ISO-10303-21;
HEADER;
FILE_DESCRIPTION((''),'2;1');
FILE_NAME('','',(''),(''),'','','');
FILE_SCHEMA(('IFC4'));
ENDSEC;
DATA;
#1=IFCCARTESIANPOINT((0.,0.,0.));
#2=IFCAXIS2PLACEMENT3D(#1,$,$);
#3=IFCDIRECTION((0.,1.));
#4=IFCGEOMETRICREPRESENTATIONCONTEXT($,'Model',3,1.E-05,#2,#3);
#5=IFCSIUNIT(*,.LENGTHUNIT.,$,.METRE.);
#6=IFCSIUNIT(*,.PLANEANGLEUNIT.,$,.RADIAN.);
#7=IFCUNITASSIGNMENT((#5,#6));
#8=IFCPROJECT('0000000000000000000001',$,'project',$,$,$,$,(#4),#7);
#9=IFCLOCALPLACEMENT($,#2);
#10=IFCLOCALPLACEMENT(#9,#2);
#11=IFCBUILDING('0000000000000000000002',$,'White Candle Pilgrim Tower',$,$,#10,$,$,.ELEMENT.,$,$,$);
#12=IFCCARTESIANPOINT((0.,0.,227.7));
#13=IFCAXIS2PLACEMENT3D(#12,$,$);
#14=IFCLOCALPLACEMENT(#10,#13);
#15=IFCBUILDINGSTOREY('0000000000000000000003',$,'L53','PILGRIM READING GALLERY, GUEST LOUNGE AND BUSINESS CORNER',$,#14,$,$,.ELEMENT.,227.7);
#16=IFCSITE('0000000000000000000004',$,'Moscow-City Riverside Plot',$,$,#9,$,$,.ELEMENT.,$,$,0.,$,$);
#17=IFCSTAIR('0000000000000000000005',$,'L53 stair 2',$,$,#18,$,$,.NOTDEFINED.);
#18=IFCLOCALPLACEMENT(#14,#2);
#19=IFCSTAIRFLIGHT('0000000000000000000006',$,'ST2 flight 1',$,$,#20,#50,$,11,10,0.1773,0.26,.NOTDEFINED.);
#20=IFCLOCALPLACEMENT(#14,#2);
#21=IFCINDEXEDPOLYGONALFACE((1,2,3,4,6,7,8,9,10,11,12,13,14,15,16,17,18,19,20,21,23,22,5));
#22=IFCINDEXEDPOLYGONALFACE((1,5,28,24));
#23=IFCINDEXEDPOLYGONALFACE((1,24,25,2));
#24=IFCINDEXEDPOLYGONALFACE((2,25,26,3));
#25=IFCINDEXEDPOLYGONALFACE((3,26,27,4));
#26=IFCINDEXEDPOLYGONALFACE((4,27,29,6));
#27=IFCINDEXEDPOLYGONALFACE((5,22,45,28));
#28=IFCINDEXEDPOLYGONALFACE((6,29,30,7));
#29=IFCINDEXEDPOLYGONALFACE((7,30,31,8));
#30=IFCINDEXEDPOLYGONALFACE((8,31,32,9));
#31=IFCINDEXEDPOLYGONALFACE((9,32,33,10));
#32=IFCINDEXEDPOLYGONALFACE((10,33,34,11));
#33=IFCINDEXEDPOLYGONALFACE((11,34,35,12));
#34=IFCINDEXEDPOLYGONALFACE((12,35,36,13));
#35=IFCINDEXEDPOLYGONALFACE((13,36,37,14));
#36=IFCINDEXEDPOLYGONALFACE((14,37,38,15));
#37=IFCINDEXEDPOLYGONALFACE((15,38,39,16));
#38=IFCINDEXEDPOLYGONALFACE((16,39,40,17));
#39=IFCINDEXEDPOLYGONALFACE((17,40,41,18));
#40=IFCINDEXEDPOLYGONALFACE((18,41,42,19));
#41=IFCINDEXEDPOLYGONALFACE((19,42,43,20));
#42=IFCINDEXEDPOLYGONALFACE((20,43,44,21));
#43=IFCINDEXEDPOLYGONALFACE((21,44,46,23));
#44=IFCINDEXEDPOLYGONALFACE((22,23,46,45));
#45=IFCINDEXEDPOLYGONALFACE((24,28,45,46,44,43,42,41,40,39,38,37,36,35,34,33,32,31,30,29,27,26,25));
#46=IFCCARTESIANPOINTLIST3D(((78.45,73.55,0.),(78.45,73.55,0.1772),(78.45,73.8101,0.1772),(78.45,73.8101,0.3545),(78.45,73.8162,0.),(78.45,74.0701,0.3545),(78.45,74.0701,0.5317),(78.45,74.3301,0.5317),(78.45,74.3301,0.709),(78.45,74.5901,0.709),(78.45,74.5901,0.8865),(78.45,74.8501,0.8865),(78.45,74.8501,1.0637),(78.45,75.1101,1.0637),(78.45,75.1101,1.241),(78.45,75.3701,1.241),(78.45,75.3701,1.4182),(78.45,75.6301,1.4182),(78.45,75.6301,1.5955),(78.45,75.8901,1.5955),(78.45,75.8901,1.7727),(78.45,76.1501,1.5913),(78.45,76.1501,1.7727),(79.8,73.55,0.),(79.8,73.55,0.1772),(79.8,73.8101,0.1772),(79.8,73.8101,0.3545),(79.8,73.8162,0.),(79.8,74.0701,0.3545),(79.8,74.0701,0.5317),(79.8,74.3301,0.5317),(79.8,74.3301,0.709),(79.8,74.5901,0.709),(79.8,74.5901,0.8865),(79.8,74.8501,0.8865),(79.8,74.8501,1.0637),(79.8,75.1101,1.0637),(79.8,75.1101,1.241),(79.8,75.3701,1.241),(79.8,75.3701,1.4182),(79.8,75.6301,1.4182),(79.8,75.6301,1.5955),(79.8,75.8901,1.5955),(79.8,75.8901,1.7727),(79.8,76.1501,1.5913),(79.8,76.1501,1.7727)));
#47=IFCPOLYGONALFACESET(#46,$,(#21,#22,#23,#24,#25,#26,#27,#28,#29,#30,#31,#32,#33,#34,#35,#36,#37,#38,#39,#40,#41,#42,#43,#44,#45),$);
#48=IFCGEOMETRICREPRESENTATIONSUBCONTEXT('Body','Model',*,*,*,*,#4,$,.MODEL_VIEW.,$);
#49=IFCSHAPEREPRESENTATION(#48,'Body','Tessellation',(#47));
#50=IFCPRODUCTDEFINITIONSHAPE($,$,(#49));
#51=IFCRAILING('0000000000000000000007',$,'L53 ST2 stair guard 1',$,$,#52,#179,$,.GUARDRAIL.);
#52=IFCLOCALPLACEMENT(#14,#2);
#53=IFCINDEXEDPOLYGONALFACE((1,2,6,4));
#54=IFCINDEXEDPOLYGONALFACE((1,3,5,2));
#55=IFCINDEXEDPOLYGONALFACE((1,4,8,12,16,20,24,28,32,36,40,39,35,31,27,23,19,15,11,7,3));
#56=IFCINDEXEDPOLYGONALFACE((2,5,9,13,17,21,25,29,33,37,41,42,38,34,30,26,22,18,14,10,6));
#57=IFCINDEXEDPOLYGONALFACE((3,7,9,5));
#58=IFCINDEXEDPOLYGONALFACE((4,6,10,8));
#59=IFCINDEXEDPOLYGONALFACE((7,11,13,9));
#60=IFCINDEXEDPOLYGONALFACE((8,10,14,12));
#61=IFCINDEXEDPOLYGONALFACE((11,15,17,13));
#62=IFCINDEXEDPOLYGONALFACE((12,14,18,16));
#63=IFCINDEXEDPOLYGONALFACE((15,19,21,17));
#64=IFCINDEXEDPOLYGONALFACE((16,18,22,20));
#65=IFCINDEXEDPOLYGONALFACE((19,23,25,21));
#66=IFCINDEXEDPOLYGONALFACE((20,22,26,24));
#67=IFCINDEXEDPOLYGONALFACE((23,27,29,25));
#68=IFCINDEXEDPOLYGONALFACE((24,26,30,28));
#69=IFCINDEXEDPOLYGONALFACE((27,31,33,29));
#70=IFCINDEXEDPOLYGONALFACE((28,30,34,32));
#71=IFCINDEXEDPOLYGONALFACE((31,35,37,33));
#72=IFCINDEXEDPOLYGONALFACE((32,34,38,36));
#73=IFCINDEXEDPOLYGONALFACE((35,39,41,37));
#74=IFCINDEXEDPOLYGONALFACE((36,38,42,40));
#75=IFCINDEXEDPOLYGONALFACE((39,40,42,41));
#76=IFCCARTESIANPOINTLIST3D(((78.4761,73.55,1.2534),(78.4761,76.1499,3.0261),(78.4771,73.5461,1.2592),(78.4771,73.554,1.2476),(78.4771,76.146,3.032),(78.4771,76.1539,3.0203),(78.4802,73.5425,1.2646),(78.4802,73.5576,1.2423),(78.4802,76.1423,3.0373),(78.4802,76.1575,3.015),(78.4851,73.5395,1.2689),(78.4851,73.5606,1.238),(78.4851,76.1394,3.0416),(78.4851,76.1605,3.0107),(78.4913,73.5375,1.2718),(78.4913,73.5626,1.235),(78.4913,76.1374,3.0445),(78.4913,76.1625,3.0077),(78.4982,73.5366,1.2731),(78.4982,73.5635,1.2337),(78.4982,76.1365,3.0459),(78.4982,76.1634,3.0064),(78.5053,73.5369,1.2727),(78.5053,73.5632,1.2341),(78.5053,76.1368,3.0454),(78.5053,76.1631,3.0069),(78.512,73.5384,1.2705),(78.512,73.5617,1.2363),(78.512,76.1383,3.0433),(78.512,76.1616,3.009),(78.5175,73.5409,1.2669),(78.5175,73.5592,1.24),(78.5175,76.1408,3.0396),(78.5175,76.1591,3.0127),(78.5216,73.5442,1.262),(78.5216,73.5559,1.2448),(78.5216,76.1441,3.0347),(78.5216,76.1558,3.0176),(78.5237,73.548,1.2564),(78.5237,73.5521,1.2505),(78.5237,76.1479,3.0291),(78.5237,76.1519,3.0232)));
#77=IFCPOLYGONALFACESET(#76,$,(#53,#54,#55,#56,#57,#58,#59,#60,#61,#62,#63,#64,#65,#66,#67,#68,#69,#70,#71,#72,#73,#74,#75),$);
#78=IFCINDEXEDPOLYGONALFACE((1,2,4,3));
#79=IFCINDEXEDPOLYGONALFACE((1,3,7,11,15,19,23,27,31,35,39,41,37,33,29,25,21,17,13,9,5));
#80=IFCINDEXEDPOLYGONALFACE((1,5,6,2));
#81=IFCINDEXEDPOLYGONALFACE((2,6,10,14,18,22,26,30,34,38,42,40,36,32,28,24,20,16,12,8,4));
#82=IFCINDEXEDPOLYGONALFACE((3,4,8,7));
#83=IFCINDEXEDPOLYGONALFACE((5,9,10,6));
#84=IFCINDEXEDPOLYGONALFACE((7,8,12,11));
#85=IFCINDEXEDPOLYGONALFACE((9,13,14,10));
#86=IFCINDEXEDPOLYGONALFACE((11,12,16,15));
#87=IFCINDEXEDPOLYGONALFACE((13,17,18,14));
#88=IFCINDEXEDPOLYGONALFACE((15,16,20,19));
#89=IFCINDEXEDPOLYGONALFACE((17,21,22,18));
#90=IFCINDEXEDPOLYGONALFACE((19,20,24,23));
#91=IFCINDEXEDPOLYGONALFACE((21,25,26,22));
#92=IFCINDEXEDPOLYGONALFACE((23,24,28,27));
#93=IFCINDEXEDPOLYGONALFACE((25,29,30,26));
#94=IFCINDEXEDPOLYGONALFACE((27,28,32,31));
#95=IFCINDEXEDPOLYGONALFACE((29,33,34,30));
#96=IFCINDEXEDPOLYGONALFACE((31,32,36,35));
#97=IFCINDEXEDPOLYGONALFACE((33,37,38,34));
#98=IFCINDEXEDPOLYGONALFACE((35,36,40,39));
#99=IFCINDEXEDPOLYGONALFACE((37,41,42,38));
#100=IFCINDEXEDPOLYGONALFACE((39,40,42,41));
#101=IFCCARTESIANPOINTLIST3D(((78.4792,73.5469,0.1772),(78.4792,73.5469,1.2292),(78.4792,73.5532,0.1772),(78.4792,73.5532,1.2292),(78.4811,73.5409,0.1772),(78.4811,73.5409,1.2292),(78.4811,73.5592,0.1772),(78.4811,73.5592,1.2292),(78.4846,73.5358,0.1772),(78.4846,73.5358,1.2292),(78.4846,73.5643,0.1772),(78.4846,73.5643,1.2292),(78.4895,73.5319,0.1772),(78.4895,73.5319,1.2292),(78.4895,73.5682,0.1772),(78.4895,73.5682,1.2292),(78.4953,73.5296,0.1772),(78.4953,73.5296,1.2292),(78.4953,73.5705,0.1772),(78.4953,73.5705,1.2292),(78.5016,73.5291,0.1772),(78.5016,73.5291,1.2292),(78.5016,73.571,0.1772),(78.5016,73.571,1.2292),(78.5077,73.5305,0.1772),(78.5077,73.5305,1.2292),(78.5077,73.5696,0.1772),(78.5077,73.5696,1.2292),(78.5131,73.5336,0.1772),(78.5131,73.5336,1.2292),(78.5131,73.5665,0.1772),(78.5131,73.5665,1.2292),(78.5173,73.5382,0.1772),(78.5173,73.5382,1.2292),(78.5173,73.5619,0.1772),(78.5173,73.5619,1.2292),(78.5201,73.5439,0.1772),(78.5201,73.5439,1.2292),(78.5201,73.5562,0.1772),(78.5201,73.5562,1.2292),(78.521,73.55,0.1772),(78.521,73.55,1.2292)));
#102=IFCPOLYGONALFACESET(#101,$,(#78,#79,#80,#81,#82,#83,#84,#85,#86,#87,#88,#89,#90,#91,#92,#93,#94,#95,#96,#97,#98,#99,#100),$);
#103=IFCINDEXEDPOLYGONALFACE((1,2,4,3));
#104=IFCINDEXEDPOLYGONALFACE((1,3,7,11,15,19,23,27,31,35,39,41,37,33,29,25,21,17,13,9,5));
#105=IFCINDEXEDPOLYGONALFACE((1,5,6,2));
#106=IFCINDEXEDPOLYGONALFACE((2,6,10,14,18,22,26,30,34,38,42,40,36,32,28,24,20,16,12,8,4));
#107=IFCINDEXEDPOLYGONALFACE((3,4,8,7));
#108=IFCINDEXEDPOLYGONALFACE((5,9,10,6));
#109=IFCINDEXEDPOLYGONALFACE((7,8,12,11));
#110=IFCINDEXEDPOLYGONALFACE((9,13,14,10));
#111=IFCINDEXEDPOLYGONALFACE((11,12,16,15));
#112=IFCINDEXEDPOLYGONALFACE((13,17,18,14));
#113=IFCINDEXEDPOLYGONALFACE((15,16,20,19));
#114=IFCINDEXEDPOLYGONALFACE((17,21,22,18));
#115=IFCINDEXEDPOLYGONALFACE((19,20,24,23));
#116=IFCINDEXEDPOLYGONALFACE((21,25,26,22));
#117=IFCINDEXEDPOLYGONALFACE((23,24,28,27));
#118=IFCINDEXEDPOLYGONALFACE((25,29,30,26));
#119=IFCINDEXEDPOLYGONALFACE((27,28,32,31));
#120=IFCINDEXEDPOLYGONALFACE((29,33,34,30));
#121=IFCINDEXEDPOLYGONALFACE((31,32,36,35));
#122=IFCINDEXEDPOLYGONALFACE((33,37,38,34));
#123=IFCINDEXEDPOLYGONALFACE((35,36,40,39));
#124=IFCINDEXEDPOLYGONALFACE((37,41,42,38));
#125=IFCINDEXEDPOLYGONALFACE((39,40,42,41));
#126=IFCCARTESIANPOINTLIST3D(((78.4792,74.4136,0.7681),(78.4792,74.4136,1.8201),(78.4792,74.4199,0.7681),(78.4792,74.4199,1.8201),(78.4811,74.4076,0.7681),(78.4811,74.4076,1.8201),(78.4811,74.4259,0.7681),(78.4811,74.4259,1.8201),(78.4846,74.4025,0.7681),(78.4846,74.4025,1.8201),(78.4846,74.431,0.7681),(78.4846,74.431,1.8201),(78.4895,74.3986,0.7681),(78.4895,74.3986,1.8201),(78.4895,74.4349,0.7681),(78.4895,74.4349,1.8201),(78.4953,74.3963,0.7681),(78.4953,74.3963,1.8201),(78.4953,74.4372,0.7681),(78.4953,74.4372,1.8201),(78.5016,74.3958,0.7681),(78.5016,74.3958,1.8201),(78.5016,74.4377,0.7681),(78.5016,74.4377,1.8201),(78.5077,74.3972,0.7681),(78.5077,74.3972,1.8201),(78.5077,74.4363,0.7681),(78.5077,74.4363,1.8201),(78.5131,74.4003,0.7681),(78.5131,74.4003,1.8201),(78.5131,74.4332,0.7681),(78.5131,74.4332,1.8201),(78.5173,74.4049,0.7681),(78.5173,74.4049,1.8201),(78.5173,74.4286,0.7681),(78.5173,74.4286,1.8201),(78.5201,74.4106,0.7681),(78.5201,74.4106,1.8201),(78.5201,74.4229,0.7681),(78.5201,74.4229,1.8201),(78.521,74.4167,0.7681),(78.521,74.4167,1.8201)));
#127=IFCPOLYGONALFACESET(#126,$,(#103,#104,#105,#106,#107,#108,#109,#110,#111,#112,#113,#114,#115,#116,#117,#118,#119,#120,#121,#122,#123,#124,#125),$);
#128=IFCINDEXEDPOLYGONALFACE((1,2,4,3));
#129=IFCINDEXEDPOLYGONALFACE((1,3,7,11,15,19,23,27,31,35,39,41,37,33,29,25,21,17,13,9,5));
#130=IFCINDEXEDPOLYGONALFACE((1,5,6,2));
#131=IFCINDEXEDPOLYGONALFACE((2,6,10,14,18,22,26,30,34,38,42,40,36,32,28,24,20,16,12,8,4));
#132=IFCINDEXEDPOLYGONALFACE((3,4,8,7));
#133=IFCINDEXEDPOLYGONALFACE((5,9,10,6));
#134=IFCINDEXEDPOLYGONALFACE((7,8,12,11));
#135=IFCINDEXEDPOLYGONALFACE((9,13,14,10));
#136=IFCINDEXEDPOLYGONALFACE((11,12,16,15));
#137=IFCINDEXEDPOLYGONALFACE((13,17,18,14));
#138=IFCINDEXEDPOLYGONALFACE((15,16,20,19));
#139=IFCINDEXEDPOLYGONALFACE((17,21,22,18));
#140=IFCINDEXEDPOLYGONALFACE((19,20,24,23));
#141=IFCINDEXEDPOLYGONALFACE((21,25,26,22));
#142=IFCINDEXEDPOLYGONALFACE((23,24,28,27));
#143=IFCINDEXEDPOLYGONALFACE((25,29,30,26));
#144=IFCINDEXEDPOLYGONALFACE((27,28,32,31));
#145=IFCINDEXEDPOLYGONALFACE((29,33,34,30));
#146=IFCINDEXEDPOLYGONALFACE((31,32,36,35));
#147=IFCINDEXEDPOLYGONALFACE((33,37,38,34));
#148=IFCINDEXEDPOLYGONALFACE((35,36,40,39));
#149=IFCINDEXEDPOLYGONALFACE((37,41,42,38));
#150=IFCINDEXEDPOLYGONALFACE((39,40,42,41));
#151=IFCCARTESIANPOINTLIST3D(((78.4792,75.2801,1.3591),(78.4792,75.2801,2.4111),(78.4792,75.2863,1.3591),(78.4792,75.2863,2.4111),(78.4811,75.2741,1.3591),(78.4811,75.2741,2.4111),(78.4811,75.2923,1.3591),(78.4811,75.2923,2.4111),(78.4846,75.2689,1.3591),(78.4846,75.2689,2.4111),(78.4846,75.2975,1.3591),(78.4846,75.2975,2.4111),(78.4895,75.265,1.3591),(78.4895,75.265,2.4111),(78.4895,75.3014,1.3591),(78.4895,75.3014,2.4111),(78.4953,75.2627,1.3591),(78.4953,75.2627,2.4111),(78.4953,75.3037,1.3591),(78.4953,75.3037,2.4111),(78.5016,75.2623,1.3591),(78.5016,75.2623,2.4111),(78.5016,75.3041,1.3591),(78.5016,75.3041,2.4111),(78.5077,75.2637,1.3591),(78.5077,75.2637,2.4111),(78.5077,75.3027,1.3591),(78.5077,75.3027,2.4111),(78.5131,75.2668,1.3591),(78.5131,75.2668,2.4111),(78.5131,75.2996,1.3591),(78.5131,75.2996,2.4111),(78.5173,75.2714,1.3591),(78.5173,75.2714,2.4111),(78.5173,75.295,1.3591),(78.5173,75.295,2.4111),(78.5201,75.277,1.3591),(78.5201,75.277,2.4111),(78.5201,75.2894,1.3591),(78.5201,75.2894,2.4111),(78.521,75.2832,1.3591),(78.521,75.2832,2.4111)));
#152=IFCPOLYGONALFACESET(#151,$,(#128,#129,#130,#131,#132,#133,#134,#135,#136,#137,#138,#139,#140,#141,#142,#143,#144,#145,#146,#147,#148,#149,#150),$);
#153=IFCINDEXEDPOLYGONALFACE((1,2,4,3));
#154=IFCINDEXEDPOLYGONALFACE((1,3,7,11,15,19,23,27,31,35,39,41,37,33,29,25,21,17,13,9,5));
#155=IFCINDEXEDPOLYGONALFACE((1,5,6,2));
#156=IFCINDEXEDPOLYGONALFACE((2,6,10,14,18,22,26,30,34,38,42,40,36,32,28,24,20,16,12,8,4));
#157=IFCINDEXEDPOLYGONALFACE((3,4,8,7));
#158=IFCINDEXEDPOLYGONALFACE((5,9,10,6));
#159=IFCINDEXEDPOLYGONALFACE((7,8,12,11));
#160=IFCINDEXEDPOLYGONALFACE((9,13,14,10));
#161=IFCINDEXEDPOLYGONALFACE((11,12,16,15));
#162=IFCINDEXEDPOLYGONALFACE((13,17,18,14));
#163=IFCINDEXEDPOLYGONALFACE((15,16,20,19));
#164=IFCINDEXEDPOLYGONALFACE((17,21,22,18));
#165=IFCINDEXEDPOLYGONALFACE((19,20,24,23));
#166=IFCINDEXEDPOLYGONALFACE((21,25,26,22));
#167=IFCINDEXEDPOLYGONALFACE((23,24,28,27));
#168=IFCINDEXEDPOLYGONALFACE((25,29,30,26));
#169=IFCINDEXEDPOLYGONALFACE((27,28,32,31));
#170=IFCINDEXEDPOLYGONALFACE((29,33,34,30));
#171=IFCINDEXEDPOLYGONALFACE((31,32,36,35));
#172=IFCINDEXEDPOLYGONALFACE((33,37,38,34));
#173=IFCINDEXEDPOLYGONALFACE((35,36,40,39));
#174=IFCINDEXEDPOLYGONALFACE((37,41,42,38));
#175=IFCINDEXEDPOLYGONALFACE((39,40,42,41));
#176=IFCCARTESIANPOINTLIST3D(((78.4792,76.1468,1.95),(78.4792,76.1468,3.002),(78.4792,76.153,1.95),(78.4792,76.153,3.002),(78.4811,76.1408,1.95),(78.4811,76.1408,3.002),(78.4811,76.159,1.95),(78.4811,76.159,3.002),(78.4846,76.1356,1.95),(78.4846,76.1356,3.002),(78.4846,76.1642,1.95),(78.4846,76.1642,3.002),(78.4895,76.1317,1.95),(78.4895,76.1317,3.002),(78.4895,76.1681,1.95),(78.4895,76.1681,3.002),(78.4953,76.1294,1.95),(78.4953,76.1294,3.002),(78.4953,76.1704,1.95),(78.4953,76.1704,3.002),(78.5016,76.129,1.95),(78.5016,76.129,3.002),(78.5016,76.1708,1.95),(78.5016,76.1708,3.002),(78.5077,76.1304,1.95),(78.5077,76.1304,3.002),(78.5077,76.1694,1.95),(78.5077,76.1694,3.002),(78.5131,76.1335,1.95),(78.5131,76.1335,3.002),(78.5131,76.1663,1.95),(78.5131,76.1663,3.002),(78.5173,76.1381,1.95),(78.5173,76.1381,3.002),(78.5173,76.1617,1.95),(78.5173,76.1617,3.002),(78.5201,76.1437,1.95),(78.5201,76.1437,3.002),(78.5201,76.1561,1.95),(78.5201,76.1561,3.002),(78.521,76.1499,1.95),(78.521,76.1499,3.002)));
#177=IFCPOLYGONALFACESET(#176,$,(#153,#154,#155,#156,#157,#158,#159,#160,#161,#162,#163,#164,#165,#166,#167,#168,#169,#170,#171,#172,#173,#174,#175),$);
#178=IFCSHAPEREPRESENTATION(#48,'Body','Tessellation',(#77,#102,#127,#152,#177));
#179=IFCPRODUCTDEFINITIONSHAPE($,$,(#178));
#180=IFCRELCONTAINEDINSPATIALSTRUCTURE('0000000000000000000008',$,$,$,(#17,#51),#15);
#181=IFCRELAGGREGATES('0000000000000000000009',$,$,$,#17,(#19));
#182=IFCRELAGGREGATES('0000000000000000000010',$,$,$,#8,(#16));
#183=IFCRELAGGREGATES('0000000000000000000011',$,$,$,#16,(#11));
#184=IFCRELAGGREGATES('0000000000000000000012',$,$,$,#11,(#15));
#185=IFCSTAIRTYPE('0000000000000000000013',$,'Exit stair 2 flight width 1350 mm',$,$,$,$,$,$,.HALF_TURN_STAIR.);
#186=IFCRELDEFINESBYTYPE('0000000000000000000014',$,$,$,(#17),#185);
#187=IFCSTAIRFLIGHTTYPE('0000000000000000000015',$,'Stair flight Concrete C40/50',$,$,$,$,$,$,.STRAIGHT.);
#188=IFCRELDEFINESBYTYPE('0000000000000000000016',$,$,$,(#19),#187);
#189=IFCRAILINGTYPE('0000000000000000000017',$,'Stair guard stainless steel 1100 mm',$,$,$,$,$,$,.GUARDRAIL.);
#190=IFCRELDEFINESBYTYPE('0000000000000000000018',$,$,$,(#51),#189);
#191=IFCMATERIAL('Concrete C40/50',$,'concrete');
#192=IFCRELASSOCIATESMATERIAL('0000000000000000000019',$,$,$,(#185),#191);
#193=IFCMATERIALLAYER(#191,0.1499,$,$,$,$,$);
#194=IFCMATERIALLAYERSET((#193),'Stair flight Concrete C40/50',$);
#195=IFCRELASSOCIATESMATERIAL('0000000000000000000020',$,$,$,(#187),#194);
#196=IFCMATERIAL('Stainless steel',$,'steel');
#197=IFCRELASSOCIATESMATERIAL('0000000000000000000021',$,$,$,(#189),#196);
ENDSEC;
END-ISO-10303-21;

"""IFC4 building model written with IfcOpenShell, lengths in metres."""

from ifc_helpers import new_model, si_unit, direction, frame, origin, origin_2d, place, context, subcontext, project, spatial, polyline, circle, outline, extrude, material, layer, layer_set, type_object, element, aggregate, save


model = new_model("IFC4")

# Units and contexts
model_context = context("Model", 3, precision=1e-05, world=origin(), true_north=direction((0.0, 1.0)))
body_context = subcontext(model_context, "Body", "Model", "MODEL_VIEW")
ifc_project = project(units=[si_unit("LENGTHUNIT", "METRE"), si_unit("PLANEANGLEUNIT", "RADIAN")], contexts=[model_context])

# Site, building, storey
site_placement = place(None, origin())
site = spatial("IfcSite", under=ifc_project, at=site_placement, Name="Moscow-City Riverside Plot", CompositionType="ELEMENT", RefElevation=0.0)
building_placement = place(site_placement, origin())
building = spatial("IfcBuilding", under=site, at=building_placement, Name="White Candle Pilgrim Tower", CompositionType="ELEMENT")
storey_placement = place(building_placement, frame((0.0, 0.0, 227.7)))
storey = spatial("IfcBuildingStorey", under=building, at=storey_placement, Name="L53", Description="PILGRIM READING GALLERY, GUEST LOUNGE AND BUSINESS CORNER", CompositionType="ELEMENT", Elevation=227.7)

# Stair, stair flight
ifc_material_1 = material(Name="Concrete C40/50", Category="concrete")
stair_type = type_object("IfcStairType", Name="Exit stair 2 flight width 1350 mm", PredefinedType="HALF_TURN_STAIR", material=ifc_material_1)
stair_placement = place(storey_placement, origin())
stair = element("IfcStair", 1, at=stair_placement, inside=storey, type_object=stair_type, Name="L53 stair 2", PredefinedType="NOTDEFINED")
ifc_layer_1 = layer(ifc_material_1, 0.1499)
ifc_layer_set_1 = layer_set([ifc_layer_1], Name="Stair flight Concrete C40/50")
stair_flight_type = type_object("IfcStairFlightType", Name="Stair flight Concrete C40/50", PredefinedType="STRAIGHT", material=ifc_layer_set_1)
stair_flight_placement = place(storey_placement, frame((79.125, 73.55, 0.0), z_axis=(0.0, 0.0, 1.0), x_axis=(0.0, 1.0, 0.0)))
stair_flight = element("IfcStairFlight", 2, at=stair_flight_placement, type_object=stair_flight_type, Name="ST2 flight 1", NumberOfRisers=11, NumberOfTreads=10, PredefinedType="NOTDEFINED", RiserHeight=0.1773, TreadLength=0.26, context=body_context, shape_type="SweptSolid", body=[
    extrude(outline(polyline([(0.0, 0.0), (0.0, 0.1772), (0.26, 0.1772), (0.26, 0.3545), (0.52, 0.3545), (0.52, 0.5317), (0.78, 0.5317), (0.78, 0.709), (1.04, 0.709), (1.04, 0.8865), (1.3, 0.8865), (1.3, 1.0637), (1.5601, 1.0637), (1.5601, 1.241), (1.8201, 1.241), (1.8201, 1.4182), (2.0801, 1.4182), (2.0801, 1.5955), (2.3401, 1.5955), (2.3401, 1.7727), (2.6001, 1.7727), (2.6001, 1.95), (2.6001, 1.5913), (0.2661, 0.0), (0.0, 0.0)])), frame((0.0, 0.675, 0.0), z_axis=(0.0, -1.0, 0.0), x_axis=(1.0, 0.0, 0.0)), (0.0, 0.0, 1.0), 1.3501),
])
aggregate(stair, [stair_flight])

# Railing
ifc_material_2 = material(Name="Stainless steel", Category="steel")
railing_type_1 = type_object("IfcRailingType", Name="Stair guard stainless steel 1100 mm", PredefinedType="GUARDRAIL", material=ifc_material_2)
railing_1_placement = place(storey_placement, frame((78.5, 73.55, 0.1772)))
element("IfcRailing", 3, at=railing_1_placement, inside=storey, type_object=railing_type_1, Name="L53 ST2 stair guard 1", PredefinedType="GUARDRAIL", context=body_context, shape_type="SweptSolid", body=[
    extrude(circle(Radius=0.0239, at=origin_2d()), frame((0.0, 0.0, 1.0762), z_axis=(0.0, 0.826216, 0.563354), x_axis=(-1.0, 0.0, 0.0)), (0.0, 0.0, 1.0), 3.1467),
    extrude(circle(Radius=0.021, at=origin_2d()), origin(), (0.0, 0.0, 1.0), 1.052),
    extrude(circle(Radius=0.021, at=origin_2d()), frame((0.0, 0.8667, 0.5908)), (0.0, 0.0, 1.0), 1.052),
    extrude(circle(Radius=0.021, at=origin_2d()), frame((0.0, 1.7332, 1.1819)), (0.0, 0.0, 1.0), 1.052),
    extrude(circle(Radius=0.021, at=origin_2d()), frame((0.0, 2.5999, 1.7727)), (0.0, 0.0, 1.0), 1.052),
])

save(model, "model.ifc")
